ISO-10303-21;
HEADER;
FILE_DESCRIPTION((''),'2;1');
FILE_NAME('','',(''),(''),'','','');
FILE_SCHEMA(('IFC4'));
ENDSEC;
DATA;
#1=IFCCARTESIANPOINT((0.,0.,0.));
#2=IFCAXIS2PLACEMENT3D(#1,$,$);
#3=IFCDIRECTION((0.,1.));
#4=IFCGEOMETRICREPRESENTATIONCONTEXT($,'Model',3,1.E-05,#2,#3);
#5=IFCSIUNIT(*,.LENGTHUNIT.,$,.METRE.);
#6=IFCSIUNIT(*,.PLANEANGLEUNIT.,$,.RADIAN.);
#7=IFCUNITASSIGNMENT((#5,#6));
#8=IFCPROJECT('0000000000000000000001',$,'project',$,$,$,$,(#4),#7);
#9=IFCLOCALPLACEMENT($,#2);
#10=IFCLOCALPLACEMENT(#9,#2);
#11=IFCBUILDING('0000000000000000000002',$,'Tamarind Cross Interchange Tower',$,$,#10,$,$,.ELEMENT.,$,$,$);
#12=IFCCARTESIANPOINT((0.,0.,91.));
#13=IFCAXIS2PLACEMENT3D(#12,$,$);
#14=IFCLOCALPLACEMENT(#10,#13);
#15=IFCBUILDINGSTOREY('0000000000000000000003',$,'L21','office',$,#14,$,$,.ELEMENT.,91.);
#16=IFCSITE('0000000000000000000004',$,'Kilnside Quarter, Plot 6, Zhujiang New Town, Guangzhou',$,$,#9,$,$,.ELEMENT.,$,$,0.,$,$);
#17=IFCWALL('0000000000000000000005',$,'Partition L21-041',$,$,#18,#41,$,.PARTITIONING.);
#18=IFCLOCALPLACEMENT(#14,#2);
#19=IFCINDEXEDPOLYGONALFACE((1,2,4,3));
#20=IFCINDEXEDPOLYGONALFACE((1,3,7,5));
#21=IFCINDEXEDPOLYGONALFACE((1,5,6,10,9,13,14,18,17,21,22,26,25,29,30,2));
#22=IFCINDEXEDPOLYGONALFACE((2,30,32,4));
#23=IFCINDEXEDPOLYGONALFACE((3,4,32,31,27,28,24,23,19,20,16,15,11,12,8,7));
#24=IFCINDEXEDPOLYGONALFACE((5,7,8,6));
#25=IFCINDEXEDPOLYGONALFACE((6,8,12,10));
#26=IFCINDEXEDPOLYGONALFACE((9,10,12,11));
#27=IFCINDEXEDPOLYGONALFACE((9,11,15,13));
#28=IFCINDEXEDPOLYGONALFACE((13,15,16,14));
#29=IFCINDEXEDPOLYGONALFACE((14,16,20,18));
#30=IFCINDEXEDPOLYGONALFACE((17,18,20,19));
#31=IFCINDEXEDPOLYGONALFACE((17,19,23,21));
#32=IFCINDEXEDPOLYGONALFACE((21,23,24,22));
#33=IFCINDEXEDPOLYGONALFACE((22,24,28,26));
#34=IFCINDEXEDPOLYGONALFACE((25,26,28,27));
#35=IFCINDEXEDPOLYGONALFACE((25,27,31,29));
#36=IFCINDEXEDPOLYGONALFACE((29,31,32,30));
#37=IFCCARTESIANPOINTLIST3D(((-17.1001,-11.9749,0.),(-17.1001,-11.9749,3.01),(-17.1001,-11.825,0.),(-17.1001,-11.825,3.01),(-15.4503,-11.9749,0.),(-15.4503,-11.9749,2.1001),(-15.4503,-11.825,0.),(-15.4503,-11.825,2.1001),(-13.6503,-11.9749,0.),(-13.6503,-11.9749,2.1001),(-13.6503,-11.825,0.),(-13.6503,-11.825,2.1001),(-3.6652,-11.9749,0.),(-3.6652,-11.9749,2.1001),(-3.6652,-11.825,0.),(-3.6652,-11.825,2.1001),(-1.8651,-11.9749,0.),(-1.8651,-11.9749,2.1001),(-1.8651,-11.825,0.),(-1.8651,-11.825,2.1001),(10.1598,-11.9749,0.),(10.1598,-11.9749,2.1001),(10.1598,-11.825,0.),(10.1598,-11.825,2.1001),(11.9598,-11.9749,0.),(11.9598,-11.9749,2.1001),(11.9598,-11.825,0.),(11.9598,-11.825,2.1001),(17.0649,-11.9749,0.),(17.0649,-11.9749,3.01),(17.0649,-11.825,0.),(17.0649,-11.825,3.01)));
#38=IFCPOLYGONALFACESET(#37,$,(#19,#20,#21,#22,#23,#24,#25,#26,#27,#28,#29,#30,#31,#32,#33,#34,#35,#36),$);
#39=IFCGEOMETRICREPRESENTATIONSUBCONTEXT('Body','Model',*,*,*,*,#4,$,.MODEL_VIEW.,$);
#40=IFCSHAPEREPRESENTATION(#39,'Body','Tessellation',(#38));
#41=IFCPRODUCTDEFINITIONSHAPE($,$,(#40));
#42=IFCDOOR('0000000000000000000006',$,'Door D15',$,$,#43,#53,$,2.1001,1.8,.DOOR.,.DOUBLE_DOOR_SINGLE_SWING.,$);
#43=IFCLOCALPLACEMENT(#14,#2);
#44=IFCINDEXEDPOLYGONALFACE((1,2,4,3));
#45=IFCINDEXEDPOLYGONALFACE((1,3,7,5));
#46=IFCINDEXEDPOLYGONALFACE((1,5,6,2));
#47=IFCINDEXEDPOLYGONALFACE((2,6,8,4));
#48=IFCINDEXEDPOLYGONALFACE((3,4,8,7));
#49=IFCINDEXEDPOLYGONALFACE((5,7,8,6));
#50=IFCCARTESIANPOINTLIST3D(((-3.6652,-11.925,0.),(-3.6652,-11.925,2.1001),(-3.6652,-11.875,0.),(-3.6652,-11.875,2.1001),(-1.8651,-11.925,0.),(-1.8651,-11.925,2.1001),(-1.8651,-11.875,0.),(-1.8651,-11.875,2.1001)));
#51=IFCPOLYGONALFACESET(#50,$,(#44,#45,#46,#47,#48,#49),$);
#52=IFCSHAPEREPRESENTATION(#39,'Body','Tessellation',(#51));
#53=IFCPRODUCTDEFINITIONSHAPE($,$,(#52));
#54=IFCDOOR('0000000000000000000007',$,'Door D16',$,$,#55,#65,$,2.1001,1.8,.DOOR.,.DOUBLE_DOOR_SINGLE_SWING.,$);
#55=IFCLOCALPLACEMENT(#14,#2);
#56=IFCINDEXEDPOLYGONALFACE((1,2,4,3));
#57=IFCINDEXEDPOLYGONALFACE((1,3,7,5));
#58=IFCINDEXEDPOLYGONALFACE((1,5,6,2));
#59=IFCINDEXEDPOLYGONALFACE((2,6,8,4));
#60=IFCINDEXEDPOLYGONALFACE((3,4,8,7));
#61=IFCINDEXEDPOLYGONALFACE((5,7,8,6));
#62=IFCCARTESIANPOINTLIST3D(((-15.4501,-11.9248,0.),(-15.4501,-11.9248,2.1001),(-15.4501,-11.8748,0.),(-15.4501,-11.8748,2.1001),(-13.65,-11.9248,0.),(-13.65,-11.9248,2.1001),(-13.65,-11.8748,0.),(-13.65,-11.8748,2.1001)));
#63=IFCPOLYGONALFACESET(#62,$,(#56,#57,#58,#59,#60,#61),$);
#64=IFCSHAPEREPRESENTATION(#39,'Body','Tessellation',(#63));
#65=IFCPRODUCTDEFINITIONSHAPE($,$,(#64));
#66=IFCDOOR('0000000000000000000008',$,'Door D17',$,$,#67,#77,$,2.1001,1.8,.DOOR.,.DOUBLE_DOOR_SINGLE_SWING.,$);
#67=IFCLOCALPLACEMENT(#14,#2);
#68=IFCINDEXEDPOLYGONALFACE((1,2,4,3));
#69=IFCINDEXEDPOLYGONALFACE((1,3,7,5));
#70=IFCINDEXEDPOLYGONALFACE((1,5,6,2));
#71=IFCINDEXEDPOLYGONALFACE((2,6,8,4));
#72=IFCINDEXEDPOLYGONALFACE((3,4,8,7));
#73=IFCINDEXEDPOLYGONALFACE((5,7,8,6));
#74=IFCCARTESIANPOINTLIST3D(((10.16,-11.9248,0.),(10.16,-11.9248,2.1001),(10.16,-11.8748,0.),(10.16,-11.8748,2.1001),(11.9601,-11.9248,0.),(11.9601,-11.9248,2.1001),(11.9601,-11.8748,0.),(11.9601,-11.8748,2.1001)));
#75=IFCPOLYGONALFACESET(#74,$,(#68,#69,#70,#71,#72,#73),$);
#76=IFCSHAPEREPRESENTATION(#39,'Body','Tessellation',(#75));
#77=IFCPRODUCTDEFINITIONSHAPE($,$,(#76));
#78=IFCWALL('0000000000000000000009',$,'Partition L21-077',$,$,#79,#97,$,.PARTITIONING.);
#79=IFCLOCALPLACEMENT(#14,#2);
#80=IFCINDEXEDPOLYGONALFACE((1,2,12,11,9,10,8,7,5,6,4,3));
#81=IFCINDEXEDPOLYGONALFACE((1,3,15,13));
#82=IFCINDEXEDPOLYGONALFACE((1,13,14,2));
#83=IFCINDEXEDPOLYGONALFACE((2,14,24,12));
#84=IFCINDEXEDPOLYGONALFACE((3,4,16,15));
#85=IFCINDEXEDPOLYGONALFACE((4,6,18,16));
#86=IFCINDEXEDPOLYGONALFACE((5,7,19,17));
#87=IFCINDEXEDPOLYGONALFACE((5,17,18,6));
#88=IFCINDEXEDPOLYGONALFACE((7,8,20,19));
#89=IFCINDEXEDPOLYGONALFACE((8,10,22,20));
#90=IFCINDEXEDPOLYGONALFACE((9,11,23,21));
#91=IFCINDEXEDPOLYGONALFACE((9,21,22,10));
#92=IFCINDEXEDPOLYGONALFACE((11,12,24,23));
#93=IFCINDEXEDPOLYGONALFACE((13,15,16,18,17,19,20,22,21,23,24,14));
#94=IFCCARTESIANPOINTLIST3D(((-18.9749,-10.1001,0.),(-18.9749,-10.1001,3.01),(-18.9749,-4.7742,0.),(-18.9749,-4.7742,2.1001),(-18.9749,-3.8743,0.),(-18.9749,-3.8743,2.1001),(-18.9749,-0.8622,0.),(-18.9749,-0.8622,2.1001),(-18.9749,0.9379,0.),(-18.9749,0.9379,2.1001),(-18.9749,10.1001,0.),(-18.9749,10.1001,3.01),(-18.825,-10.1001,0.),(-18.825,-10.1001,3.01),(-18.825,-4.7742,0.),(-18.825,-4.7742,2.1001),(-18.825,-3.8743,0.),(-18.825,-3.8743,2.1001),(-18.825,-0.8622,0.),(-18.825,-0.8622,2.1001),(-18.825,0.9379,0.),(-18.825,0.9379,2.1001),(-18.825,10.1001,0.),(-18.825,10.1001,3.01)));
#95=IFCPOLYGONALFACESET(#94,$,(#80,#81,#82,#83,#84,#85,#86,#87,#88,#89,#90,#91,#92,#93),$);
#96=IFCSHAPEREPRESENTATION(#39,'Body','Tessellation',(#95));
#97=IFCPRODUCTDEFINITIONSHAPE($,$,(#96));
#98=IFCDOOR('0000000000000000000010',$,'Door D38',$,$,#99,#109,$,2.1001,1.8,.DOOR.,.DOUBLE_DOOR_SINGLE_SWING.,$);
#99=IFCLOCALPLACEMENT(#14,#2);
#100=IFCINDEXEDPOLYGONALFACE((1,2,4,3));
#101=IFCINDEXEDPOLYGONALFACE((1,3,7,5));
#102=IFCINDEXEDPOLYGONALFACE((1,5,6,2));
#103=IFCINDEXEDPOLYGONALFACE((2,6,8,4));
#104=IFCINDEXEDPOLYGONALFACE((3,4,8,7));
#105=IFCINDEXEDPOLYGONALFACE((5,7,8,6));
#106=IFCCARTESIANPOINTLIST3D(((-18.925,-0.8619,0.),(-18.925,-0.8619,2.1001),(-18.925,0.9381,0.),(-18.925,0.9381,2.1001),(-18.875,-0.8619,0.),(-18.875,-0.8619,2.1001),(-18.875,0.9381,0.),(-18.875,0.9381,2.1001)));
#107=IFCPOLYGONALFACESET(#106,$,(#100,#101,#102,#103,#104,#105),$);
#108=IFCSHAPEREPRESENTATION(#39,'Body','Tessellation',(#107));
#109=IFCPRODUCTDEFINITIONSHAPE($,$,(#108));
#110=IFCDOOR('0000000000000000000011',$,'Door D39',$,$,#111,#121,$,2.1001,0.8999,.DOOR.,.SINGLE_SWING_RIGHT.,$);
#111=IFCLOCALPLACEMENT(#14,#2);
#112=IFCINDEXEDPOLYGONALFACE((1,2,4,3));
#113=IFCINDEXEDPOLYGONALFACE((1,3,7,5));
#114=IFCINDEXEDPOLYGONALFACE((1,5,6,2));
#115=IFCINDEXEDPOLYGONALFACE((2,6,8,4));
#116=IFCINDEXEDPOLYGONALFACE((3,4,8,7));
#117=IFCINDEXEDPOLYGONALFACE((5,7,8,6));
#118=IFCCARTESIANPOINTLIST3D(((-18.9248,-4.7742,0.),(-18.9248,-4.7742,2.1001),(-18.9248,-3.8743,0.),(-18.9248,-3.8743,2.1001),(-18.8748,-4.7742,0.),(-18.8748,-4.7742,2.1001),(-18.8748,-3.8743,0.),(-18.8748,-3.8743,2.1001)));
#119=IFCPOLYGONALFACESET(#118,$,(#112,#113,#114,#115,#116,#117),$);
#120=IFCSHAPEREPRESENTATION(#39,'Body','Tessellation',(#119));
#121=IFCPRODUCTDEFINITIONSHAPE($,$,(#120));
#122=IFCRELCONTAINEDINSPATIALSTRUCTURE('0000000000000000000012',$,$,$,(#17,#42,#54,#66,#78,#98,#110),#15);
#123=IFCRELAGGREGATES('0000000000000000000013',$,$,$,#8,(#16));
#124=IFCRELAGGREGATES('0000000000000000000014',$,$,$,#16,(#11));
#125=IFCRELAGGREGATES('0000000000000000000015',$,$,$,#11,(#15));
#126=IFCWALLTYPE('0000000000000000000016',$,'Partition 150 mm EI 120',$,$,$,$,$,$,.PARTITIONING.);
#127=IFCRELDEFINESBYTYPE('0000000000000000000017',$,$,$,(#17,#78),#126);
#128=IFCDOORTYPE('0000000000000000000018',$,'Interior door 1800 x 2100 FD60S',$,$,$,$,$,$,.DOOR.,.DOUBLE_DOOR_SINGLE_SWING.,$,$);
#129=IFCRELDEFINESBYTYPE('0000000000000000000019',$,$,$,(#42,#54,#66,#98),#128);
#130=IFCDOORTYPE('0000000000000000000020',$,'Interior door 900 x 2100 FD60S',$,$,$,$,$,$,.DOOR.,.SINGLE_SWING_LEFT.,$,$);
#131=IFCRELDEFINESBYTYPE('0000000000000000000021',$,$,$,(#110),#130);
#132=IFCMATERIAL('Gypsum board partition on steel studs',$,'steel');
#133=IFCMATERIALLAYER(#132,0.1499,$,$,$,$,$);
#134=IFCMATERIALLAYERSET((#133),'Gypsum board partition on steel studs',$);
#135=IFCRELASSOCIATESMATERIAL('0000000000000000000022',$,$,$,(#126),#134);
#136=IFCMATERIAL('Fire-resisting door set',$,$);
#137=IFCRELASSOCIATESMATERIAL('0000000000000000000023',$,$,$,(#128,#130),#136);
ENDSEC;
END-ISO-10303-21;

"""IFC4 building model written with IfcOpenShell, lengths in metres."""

from ifc_helpers import new_model, si_unit, direction, frame, frame_2d, origin, place, context, subcontext, project, spatial, rectangle, extrude, material, layer, layer_set, type_object, element, fill, save


model = new_model("IFC4")

# Units and contexts
model_context = context("Model", 3, precision=1e-05, world=origin(), true_north=direction((0.0, 1.0)))
body_context = subcontext(model_context, "Body", "Model", "MODEL_VIEW")
ifc_project = project(units=[si_unit("LENGTHUNIT", "METRE"), si_unit("PLANEANGLEUNIT", "RADIAN")], contexts=[model_context])

# Site, building, storey
site_placement = place(None, origin())
site = spatial("IfcSite", under=ifc_project, at=site_placement, Name="Kilnside Quarter, Plot 6, Zhujiang New Town, Guangzhou", CompositionType="ELEMENT", RefElevation=0.0)
building_placement = place(site_placement, origin())
building = spatial("IfcBuilding", under=site, at=building_placement, Name="Tamarind Cross Interchange Tower", CompositionType="ELEMENT")
storey_placement = place(building_placement, frame((0.0, 0.0, 91.0)))
storey = spatial("IfcBuildingStorey", under=building, at=storey_placement, Name="L21", Description="office", CompositionType="ELEMENT", Elevation=91.0)

# Shared definitions
ifc_material_1 = material(Name="Gypsum board partition on steel studs", Category="steel")
ifc_layer_1 = layer(ifc_material_1, 0.1499)
ifc_layer_set_1 = layer_set([ifc_layer_1], Name="Gypsum board partition on steel studs")
wall_type_1 = type_object("IfcWallType", Name="Partition 150 mm EI 120", PredefinedType="PARTITIONING", material=ifc_layer_set_1)

# Walls, openings, doors
wall_1_placement = place(storey_placement, frame((-17.1001, -11.8999, 0.0), z_axis=(0.0, 0.0, 1.0), x_axis=(1.0, 0.0, 0.0)))
wall_1 = element("IfcWall", 1, at=wall_1_placement, inside=storey, type_object=wall_type_1, Name="Partition L21-041", PredefinedType="PARTITIONING", context=body_context, shape_type="SweptSolid", body=[
    extrude(rectangle(XDim=34.165, YDim=0.1499, at=frame_2d((17.0825, 0.0))), origin(), (0.0, 0.0, 1.0), 3.01),
])
opening_1_placement = place(wall_1_placement, frame((13.4351, 0.0, 0.0)))
opening_1 = element("IfcOpeningElement", 2, at=opening_1_placement, cuts=wall_1, PredefinedType="OPENING", context=body_context, shape_type="SweptSolid", body=[
    extrude(rectangle(XDim=1.8, YDim=2.1001, at=frame_2d((0.8999, 1.05))), frame((0.0, 0.085, 0.0), z_axis=(0.0, -1.0, 0.0), x_axis=(1.0, 0.0, 0.0)), (0.0, 0.0, 1.0), 0.1699),
])
opening_2_placement = place(wall_1_placement, frame((1.6499, 0.0, 0.0)))
opening_2 = element("IfcOpeningElement", 3, at=opening_2_placement, cuts=wall_1, PredefinedType="OPENING", context=body_context, shape_type="SweptSolid", body=[
    extrude(rectangle(XDim=1.8, YDim=2.1001, at=frame_2d((0.8999, 1.05))), frame((0.0, 0.085, 0.0), z_axis=(0.0, -1.0, 0.0), x_axis=(1.0, 0.0, 0.0)), (0.0, 0.0, 1.0), 0.1699),
])
opening_3_placement = place(wall_1_placement, frame((27.26, 0.0, 0.0)))
opening_3 = element("IfcOpeningElement", 4, at=opening_3_placement, cuts=wall_1, PredefinedType="OPENING", context=body_context, shape_type="SweptSolid", body=[
    extrude(rectangle(XDim=1.8, YDim=2.1001, at=frame_2d((0.8999, 1.05))), frame((0.0, 0.085, 0.0), z_axis=(0.0, -1.0, 0.0), x_axis=(1.0, 0.0, 0.0)), (0.0, 0.0, 1.0), 0.1699),
])
ifc_material_2 = material(Name="Fire-resisting door set")
door_type_1 = type_object("IfcDoorType", Name="Interior door 1800 x 2100 FD60S", OperationType="DOUBLE_DOOR_SINGLE_SWING", PredefinedType="DOOR", material=ifc_material_2)
door_1_placement = place(opening_1_placement, origin())
door_1 = element("IfcDoor", 5, at=door_1_placement, inside=storey, type_object=door_type_1, Name="Door D15", OperationType="DOUBLE_DOOR_SINGLE_SWING", OverallHeight=2.1001, OverallWidth=1.8, PredefinedType="DOOR", context=body_context, shape_type="SweptSolid", body=[
    extrude(rectangle(XDim=1.8, YDim=2.1001, at=frame_2d((0.8999, 1.05))), frame((0.0, 0.0249, 0.0), z_axis=(0.0, -1.0, 0.0), x_axis=(1.0, 0.0, 0.0)), (0.0, 0.0, 1.0), 0.05),
])
fill(opening_1, door_1)
door_2_placement = place(opening_2_placement, frame((1.8, 0.0, 0.0), z_axis=(0.0, 0.0, 1.0), x_axis=(-1.0, 0.0, 0.0)))
door_2 = element("IfcDoor", 6, at=door_2_placement, inside=storey, type_object=door_type_1, Name="Door D16", OperationType="DOUBLE_DOOR_SINGLE_SWING", OverallHeight=2.1001, OverallWidth=1.8, PredefinedType="DOOR", context=body_context, shape_type="SweptSolid", body=[
    extrude(rectangle(XDim=1.8, YDim=2.1001, at=frame_2d((0.8999, 1.05))), frame((0.0, 0.0249, 0.0), z_axis=(0.0, -1.0, 0.0), x_axis=(1.0, 0.0, 0.0)), (0.0, 0.0, 1.0), 0.05),
])
fill(opening_2, door_2)
door_3_placement = place(opening_3_placement, frame((1.8, 0.0, 0.0), z_axis=(0.0, 0.0, 1.0), x_axis=(-1.0, 0.0, 0.0)))
door_3 = element("IfcDoor", 7, at=door_3_placement, inside=storey, type_object=door_type_1, Name="Door D17", OperationType="DOUBLE_DOOR_SINGLE_SWING", OverallHeight=2.1001, OverallWidth=1.8, PredefinedType="DOOR", context=body_context, shape_type="SweptSolid", body=[
    extrude(rectangle(XDim=1.8, YDim=2.1001, at=frame_2d((0.8999, 1.05))), frame((0.0, 0.0249, 0.0), z_axis=(0.0, -1.0, 0.0), x_axis=(1.0, 0.0, 0.0)), (0.0, 0.0, 1.0), 0.05),
])
fill(opening_3, door_3)
wall_2_placement = place(storey_placement, frame((-18.8999, -10.1001, 0.0), z_axis=(0.0, 0.0, 1.0), x_axis=(0.0, 1.0, 0.0)))
wall_2 = element("IfcWall", 8, at=wall_2_placement, inside=storey, type_object=wall_type_1, Name="Partition L21-077", PredefinedType="PARTITIONING", context=body_context, shape_type="SweptSolid", body=[
    extrude(rectangle(XDim=20.2002, YDim=0.1499, at=frame_2d((10.1001, 0.0))), origin(), (0.0, 0.0, 1.0), 3.01),
])
opening_4_placement = place(wall_2_placement, frame((9.238, 0.0, 0.0)))
opening_4 = element("IfcOpeningElement", 9, at=opening_4_placement, cuts=wall_2, PredefinedType="OPENING", context=body_context, shape_type="SweptSolid", body=[
    extrude(rectangle(XDim=1.8, YDim=2.1001, at=frame_2d((0.8999, 1.05))), frame((0.0, 0.085, 0.0), z_axis=(0.0, -1.0, 0.0), x_axis=(1.0, 0.0, 0.0)), (0.0, 0.0, 1.0), 0.1699),
])
opening_5_placement = place(wall_2_placement, frame((5.3259, 0.0, 0.0)))
opening_5 = element("IfcOpeningElement", 10, at=opening_5_placement, cuts=wall_2, PredefinedType="OPENING", context=body_context, shape_type="SweptSolid", body=[
    extrude(rectangle(XDim=0.8999, YDim=2.1001, at=frame_2d((0.45, 1.05))), frame((0.0, 0.085, 0.0), z_axis=(0.0, -1.0, 0.0), x_axis=(1.0, 0.0, 0.0)), (0.0, 0.0, 1.0), 0.1699),
])
door_4_placement = place(opening_4_placement, frame((1.8, 0.0, 0.0), z_axis=(0.0, 0.0, 1.0), x_axis=(-1.0, 0.0, 0.0)))
door_4 = element("IfcDoor", 11, at=door_4_placement, inside=storey, type_object=door_type_1, Name="Door D38", OperationType="DOUBLE_DOOR_SINGLE_SWING", OverallHeight=2.1001, OverallWidth=1.8, PredefinedType="DOOR", context=body_context, shape_type="SweptSolid", body=[
    extrude(rectangle(XDim=1.8, YDim=2.1001, at=frame_2d((0.8999, 1.05))), frame((0.0, 0.0249, 0.0), z_axis=(0.0, -1.0, 0.0), x_axis=(1.0, 0.0, 0.0)), (0.0, 0.0, 1.0), 0.05),
])
fill(opening_4, door_4)
door_type_2 = type_object("IfcDoorType", Name="Interior door 900 x 2100 FD60S", OperationType="SINGLE_SWING_LEFT", PredefinedType="DOOR", material=ifc_material_2)
door_5_placement = place(opening_5_placement, origin())
door_5 = element("IfcDoor", 12, at=door_5_placement, inside=storey, type_object=door_type_2, Name="Door D39", OperationType="SINGLE_SWING_RIGHT", OverallHeight=2.1001, OverallWidth=0.8999, PredefinedType="DOOR", context=body_context, shape_type="SweptSolid", body=[
    extrude(rectangle(XDim=0.8999, YDim=2.1001, at=frame_2d((0.45, 1.05))), frame((0.0, 0.0249, 0.0), z_axis=(0.0, -1.0, 0.0), x_axis=(1.0, 0.0, 0.0)), (0.0, 0.0, 1.0), 0.05),
])
fill(opening_5, door_5)

save(model, "model.ifc")
